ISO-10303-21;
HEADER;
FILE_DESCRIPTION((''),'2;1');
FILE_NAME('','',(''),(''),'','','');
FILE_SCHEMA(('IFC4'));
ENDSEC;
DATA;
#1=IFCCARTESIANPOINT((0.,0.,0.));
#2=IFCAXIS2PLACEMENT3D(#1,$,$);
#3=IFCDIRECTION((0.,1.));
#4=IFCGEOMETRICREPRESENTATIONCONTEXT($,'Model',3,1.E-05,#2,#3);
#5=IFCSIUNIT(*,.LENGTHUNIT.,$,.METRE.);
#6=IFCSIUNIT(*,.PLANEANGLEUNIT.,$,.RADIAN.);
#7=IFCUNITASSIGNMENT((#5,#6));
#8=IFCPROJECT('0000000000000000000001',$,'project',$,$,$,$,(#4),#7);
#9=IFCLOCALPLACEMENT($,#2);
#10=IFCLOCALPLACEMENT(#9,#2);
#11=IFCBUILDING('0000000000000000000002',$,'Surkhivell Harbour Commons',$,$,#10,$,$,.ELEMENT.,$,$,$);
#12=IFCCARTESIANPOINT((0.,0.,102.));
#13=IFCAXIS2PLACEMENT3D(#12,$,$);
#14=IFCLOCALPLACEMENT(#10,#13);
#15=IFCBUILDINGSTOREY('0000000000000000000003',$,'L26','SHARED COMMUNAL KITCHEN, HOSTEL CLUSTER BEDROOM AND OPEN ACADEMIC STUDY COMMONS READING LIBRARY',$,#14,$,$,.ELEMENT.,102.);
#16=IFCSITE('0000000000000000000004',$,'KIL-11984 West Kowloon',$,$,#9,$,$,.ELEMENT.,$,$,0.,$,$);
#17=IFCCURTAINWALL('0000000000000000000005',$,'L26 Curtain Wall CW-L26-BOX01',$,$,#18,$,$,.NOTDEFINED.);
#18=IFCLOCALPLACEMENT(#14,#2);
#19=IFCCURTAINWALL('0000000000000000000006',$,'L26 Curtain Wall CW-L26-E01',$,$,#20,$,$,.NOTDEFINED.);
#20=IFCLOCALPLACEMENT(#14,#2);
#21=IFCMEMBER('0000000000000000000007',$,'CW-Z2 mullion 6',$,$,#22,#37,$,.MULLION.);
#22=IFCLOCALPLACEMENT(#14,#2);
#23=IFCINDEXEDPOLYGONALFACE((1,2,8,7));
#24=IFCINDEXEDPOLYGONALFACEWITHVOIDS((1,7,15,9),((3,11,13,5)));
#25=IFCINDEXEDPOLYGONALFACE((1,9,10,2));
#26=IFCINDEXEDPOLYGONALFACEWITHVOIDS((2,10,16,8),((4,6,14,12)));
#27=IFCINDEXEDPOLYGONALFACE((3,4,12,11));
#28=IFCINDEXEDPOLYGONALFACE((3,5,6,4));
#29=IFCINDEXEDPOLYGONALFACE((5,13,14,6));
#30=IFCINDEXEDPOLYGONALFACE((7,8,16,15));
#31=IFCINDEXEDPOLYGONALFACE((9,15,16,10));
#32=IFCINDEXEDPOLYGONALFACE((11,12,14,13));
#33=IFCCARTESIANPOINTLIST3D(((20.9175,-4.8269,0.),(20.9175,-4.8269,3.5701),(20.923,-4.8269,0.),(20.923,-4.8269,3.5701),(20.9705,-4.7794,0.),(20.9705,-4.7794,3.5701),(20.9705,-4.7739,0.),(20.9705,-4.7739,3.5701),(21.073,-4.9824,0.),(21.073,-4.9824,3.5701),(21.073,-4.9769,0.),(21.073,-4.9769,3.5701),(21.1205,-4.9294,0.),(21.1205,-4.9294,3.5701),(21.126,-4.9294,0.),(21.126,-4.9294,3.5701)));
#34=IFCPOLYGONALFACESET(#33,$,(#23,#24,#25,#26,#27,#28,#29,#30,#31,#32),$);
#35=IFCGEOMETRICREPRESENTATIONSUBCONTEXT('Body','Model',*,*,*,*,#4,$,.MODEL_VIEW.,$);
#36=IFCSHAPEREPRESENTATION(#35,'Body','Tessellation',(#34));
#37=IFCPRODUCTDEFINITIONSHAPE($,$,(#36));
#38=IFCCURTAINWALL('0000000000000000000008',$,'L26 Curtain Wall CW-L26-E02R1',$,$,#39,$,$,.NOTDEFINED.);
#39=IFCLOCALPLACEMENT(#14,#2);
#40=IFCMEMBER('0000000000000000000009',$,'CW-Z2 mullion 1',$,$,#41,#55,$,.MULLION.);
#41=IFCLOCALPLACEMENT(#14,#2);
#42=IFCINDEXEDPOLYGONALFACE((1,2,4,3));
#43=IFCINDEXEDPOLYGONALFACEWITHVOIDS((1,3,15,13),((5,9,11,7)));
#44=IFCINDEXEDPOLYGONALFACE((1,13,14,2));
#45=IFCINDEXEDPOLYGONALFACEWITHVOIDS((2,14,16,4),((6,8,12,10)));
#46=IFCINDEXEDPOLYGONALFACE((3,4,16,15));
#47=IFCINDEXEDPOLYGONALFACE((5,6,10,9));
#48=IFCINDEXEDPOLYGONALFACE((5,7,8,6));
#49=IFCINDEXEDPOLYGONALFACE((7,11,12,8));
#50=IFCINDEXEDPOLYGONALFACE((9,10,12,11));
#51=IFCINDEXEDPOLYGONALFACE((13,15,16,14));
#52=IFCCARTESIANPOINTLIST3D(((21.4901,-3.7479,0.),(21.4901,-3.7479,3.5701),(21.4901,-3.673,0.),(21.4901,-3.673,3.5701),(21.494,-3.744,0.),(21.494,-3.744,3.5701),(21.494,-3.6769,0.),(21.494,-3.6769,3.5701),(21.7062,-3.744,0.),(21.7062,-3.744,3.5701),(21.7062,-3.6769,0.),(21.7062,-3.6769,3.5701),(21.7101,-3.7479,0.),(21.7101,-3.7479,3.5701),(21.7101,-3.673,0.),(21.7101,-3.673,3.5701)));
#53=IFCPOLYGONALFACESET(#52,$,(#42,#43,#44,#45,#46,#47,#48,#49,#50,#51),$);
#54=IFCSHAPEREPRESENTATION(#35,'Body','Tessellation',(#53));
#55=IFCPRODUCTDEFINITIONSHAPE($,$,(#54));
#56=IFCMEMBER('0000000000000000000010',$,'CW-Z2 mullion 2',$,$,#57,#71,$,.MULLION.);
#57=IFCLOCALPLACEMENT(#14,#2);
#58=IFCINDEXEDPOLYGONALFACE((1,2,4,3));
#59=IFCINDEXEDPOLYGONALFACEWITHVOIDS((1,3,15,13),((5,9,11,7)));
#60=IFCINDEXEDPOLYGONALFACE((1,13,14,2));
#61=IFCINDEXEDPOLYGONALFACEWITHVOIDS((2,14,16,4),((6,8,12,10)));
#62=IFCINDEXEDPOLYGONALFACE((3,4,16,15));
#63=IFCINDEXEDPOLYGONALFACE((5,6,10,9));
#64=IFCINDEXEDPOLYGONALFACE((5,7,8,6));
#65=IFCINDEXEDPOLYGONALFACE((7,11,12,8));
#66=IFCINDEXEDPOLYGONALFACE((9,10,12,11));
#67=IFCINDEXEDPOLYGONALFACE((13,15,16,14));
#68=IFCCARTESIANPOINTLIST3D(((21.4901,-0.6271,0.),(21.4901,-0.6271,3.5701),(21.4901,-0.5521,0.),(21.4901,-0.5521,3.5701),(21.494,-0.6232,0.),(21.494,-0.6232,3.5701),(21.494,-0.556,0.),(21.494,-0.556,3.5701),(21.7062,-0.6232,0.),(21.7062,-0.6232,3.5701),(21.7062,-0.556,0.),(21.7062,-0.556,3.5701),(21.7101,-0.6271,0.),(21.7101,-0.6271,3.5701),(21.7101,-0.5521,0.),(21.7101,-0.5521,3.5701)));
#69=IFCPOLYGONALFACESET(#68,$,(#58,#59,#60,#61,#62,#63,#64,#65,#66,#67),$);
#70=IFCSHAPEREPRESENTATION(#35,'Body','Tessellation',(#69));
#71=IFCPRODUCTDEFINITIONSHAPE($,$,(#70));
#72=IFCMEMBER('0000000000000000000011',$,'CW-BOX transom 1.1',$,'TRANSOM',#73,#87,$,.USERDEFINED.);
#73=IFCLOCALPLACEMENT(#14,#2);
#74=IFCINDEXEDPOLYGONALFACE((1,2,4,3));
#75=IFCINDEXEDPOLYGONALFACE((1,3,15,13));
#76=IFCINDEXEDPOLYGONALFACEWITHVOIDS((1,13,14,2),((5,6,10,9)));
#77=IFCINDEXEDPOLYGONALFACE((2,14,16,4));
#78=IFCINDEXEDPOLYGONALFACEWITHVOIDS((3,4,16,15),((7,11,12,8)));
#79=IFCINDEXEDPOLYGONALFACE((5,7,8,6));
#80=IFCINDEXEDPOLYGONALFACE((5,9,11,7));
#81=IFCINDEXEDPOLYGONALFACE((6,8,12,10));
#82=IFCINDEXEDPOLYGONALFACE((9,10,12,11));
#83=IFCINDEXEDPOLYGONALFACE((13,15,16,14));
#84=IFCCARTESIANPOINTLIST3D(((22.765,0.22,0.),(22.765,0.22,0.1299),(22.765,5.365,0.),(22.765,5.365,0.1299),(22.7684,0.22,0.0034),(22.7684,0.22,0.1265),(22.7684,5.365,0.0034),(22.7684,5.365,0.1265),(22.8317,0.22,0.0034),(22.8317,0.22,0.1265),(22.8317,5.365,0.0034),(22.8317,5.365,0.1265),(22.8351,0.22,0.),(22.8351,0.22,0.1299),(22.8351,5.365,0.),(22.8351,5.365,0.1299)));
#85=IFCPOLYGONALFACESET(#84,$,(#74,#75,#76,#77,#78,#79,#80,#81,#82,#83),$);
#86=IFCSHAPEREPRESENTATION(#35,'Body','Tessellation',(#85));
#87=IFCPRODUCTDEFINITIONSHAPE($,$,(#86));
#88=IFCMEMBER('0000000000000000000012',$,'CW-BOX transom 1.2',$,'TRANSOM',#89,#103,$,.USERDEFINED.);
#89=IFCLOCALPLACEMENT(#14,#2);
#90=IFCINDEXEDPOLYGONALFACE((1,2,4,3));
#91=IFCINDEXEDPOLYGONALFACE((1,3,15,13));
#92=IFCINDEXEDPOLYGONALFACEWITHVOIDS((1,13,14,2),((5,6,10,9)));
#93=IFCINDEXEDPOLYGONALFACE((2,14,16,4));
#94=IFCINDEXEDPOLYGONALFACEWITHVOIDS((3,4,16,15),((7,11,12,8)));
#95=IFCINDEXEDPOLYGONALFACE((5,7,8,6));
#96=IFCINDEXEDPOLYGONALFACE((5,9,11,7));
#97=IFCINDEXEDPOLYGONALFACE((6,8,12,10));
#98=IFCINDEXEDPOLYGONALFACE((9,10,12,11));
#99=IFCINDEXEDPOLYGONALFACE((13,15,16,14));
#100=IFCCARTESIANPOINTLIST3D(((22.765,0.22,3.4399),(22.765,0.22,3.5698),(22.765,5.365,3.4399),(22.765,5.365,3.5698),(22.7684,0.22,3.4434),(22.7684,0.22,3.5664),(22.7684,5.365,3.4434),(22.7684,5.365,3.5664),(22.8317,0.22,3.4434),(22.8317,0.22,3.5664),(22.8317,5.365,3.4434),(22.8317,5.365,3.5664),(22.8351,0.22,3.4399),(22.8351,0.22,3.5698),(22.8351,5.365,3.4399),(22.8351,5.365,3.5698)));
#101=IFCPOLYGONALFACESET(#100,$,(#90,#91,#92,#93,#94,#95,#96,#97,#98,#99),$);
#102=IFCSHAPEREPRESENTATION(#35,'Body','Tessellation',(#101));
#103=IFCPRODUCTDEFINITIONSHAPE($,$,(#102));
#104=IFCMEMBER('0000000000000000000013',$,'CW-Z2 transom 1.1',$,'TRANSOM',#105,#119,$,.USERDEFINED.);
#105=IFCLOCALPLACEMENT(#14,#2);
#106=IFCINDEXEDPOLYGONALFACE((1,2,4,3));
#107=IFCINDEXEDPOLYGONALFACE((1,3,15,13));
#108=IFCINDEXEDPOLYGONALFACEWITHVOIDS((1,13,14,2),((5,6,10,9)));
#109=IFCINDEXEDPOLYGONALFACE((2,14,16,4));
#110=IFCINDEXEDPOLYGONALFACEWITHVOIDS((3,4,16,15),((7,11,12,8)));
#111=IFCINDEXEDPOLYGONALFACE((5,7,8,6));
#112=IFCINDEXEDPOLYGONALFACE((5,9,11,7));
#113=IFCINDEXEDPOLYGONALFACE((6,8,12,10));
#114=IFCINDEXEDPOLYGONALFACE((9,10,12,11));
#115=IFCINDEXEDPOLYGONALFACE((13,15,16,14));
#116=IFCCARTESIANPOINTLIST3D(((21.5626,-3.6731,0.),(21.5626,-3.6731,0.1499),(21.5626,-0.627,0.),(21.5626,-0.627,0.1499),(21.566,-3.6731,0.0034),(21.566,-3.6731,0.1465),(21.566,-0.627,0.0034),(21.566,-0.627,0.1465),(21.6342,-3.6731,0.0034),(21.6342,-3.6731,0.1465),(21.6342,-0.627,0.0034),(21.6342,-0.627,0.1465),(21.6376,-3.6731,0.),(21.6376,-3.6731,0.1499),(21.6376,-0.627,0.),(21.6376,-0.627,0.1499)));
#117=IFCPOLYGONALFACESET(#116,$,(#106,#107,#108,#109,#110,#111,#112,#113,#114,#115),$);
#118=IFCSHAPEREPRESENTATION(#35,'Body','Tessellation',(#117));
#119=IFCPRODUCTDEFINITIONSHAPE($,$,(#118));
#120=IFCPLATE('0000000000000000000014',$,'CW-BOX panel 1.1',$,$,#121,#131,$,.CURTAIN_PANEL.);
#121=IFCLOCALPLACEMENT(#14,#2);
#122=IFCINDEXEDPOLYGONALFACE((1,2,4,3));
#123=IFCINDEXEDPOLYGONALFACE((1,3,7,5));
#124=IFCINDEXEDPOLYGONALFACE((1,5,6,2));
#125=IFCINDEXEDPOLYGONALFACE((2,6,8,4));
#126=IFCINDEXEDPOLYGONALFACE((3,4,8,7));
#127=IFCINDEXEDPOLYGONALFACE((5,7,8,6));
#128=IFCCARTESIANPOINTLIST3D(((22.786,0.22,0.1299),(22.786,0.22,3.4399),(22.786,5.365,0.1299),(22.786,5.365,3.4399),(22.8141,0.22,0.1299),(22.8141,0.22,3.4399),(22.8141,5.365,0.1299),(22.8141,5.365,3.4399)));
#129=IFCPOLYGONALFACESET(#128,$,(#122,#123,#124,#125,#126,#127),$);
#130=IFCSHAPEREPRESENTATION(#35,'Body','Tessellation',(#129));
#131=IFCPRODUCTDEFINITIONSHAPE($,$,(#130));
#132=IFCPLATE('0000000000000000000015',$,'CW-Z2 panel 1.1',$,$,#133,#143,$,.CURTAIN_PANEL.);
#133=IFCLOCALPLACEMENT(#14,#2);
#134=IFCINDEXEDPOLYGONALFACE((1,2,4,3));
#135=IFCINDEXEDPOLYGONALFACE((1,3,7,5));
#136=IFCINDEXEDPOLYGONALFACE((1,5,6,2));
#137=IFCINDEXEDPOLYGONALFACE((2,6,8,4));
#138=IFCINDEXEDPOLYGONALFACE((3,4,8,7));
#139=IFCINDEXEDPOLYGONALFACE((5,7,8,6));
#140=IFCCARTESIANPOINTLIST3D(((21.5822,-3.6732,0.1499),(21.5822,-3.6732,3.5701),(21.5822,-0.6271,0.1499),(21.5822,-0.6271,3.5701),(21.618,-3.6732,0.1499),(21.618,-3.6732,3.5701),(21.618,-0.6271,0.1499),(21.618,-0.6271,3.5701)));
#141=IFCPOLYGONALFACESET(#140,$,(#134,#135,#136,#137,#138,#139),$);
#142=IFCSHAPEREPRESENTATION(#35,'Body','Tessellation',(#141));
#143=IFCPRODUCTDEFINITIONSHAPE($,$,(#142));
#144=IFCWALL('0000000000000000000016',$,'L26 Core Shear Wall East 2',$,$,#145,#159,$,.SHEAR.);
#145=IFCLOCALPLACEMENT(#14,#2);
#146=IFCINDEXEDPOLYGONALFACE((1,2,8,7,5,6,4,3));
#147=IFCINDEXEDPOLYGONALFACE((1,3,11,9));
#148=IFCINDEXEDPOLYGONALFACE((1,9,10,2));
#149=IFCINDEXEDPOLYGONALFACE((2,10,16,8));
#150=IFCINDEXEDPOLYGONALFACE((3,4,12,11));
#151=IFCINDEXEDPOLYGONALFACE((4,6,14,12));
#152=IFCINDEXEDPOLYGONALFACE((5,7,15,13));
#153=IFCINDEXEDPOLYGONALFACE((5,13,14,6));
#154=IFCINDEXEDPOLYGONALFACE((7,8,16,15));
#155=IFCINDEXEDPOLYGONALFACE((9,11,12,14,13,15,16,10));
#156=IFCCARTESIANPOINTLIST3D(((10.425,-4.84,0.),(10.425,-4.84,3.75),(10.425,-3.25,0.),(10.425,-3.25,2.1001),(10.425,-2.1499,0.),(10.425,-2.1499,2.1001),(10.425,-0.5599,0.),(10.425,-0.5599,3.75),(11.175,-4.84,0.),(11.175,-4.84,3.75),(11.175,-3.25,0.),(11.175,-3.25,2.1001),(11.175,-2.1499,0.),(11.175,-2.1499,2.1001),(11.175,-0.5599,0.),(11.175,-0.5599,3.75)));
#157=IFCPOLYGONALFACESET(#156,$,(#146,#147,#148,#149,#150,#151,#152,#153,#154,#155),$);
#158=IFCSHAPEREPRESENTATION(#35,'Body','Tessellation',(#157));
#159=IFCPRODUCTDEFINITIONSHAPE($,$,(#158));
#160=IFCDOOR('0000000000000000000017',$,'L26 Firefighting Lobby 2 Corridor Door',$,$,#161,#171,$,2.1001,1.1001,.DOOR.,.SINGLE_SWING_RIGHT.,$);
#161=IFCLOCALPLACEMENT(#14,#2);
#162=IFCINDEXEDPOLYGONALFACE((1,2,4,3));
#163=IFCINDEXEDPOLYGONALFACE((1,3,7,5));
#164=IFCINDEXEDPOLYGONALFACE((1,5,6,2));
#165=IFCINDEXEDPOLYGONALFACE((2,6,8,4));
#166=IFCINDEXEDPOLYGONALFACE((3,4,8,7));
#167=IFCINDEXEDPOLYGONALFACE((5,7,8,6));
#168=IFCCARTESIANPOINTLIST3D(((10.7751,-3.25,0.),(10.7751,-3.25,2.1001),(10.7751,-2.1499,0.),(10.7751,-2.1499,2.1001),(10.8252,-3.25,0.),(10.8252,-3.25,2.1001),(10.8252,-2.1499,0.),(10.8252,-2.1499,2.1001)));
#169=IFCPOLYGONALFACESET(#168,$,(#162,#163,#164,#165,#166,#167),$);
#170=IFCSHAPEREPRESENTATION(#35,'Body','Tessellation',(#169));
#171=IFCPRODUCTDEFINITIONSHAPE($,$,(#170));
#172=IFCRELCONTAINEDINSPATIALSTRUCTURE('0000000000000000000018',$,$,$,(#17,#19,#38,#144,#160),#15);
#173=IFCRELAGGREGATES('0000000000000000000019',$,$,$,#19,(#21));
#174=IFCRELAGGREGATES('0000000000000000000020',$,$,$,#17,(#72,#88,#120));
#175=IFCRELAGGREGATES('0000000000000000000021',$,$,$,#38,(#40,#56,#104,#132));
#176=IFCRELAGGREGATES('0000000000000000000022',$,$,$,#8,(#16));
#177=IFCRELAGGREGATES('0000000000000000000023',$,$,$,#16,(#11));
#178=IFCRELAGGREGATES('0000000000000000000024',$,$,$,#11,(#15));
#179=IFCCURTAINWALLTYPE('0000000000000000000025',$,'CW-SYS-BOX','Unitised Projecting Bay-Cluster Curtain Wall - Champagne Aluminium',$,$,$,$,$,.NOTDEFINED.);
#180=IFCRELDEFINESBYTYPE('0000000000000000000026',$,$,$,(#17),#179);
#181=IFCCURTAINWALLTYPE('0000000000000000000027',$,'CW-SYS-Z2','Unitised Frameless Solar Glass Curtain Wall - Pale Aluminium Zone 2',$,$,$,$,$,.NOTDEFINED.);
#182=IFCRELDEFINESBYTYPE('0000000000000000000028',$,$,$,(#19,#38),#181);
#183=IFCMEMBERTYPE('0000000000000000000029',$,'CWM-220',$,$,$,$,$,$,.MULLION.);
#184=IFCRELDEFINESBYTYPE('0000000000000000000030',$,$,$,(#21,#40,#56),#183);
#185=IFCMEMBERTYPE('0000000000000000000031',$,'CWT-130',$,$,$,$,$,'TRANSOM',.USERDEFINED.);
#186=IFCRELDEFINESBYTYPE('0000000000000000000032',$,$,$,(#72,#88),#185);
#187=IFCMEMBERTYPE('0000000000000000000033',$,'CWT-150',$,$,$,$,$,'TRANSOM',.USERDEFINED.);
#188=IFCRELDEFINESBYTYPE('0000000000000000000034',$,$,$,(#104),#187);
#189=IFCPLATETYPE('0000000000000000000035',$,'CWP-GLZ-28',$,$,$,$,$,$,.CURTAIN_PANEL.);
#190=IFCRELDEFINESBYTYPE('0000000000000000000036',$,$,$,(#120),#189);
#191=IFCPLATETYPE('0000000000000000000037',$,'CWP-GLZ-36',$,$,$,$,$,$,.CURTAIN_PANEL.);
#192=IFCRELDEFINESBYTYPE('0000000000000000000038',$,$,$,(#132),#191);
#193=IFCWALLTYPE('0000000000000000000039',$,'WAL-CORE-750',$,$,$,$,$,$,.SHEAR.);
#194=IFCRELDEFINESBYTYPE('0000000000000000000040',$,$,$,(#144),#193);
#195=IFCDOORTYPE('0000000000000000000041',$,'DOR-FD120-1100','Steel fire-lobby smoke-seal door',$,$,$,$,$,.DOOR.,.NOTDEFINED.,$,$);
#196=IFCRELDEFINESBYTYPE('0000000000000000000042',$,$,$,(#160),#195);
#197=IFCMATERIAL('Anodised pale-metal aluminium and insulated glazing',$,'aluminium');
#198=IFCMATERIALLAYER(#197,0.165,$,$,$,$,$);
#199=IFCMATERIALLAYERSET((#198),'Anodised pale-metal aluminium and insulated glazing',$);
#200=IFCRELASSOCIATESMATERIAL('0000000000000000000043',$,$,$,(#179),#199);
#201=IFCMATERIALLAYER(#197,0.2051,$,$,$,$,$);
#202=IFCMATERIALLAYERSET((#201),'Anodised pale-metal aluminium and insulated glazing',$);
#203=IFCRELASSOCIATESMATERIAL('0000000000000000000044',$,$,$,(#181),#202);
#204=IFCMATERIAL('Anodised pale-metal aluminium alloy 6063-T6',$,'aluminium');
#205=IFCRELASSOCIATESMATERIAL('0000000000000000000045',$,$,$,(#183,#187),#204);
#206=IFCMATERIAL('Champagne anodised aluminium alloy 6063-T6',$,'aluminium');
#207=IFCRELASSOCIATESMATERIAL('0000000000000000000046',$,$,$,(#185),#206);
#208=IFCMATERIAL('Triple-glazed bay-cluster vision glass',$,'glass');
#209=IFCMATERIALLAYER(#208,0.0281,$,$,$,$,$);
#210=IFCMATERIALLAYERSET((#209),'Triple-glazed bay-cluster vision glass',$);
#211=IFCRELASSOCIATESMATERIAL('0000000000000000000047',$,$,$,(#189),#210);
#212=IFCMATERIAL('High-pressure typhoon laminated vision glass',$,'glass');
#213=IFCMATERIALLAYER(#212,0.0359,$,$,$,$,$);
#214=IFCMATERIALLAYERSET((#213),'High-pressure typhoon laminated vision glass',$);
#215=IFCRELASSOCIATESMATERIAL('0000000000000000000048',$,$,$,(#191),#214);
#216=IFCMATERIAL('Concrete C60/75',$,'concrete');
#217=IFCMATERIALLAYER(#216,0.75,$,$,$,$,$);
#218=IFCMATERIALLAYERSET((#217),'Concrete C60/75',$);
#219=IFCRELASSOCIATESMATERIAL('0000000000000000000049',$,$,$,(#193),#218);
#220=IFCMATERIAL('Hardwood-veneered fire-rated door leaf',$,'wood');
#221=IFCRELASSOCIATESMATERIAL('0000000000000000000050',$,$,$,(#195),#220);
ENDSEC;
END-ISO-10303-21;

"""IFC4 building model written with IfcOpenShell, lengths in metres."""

from ifc_helpers import new_model, si_unit, direction, frame, frame_2d, origin, origin_2d, place, context, subcontext, project, spatial, rectangle, hollow_rectangle, extrude, material, layer, layer_set, material_profile, profile_set, type_object, element, fill, aggregate, save


model = new_model("IFC4")

# Units and contexts
model_context = context("Model", 3, precision=1e-05, world=origin(), true_north=direction((0.0, 1.0)))
body_context = subcontext(model_context, "Body", "Model", "MODEL_VIEW")
ifc_project = project(units=[si_unit("LENGTHUNIT", "METRE"), si_unit("PLANEANGLEUNIT", "RADIAN")], contexts=[model_context])

# Site, building, storey
site_placement = place(None, origin())
site = spatial("IfcSite", under=ifc_project, at=site_placement, Name="KIL-11984 West Kowloon", CompositionType="ELEMENT", RefElevation=0.0)
building_placement = place(site_placement, origin())
building = spatial("IfcBuilding", under=site, at=building_placement, Name="Surkhivell Harbour Commons", CompositionType="ELEMENT")
storey_placement = place(building_placement, frame((0.0, 0.0, 102.0)))
storey = spatial("IfcBuildingStorey", under=building, at=storey_placement, Name="L26", Description="SHARED COMMUNAL KITCHEN, HOSTEL CLUSTER BEDROOM AND OPEN ACADEMIC STUDY COMMONS READING LIBRARY", CompositionType="ELEMENT", Elevation=102.0)

# Shared definitions
ifc_material_1 = material(Name="Concrete C60/75", Category="concrete")

# Curtain walls, member
ifc_material_2 = material(Name="Anodised pale-metal aluminium and insulated glazing", Category="aluminium")
ifc_layer_1 = layer(ifc_material_2, 0.165)
ifc_layer_set_1 = layer_set([ifc_layer_1], Name="Anodised pale-metal aluminium and insulated glazing")
curtain_wall_type_1 = type_object("IfcCurtainWallType", Name="CW-SYS-BOX", Description="Unitised Projecting Bay-Cluster Curtain Wall - Champagne Aluminium", PredefinedType="NOTDEFINED", material=ifc_layer_set_1)
curtain_wall_1_placement = place(storey_placement, origin())
curtain_wall_1 = element("IfcCurtainWall", 1, at=curtain_wall_1_placement, inside=storey, type_object=curtain_wall_type_1, Name="L26 Curtain Wall CW-L26-BOX01", PredefinedType="NOTDEFINED")
ifc_material_3 = material(Name="Champagne anodised aluminium alloy 6063-T6", Category="aluminium")
ifc_layer_2 = layer(ifc_material_2, 0.2051)
ifc_layer_set_2 = layer_set([ifc_layer_2], Name="Anodised pale-metal aluminium and insulated glazing")
curtain_wall_type_2 = type_object("IfcCurtainWallType", Name="CW-SYS-Z2", Description="Unitised Frameless Solar Glass Curtain Wall - Pale Aluminium Zone 2", PredefinedType="NOTDEFINED", material=ifc_layer_set_2)
curtain_wall_2_placement = place(storey_placement, origin())
curtain_wall_2 = element("IfcCurtainWall", 2, at=curtain_wall_2_placement, inside=storey, type_object=curtain_wall_type_2, Name="L26 Curtain Wall CW-L26-E01", PredefinedType="NOTDEFINED")
ifc_material_4 = material(Name="Anodised pale-metal aluminium alloy 6063-T6", Category="aluminium")
ifc_material_profile_1 = material_profile(ifc_material_4, hollow_rectangle(XDim=0.075, YDim=0.22, WallThickness=0.0039, at=origin_2d()), Name="ALU-MULL-75x220")
ifc_profile_set_1 = profile_set([ifc_material_profile_1], Name="Anodised pale-metal aluminium alloy 6063-T6")
member_type_1 = type_object("IfcMemberType", Name="CWM-220", PredefinedType="MULLION", material=ifc_profile_set_1)
member_1_placement = place(storey_placement, frame((21.0217, -4.8782, 0.0), z_axis=(0.0, 0.0, 1.0), x_axis=(0.707107, 0.707107, 0.0)))
member_1 = element("IfcMember", 3, at=member_1_placement, type_object=member_type_1, Name="CW-Z2 mullion 6", PredefinedType="MULLION", context=body_context, shape_type="SweptSolid", body=[
    extrude(hollow_rectangle(XDim=0.075, YDim=0.22, WallThickness=0.0039, at=origin_2d()), origin(), (0.0, 0.0, 1.0), 3.5701),
])
aggregate(curtain_wall_2, [member_1])

# Curtain wall, members
curtain_wall_3_placement = place(storey_placement, origin())
curtain_wall_3 = element("IfcCurtainWall", 4, at=curtain_wall_3_placement, inside=storey, type_object=curtain_wall_type_2, Name="L26 Curtain Wall CW-L26-E02R1", PredefinedType="NOTDEFINED")
member_2_placement = place(storey_placement, frame((21.6001, -3.7104, 0.0), z_axis=(0.0, 0.0, 1.0), x_axis=(0.0, 1.0, 0.0)))
member_2 = element("IfcMember", 5, at=member_2_placement, type_object=member_type_1, Name="CW-Z2 mullion 1", PredefinedType="MULLION", context=body_context, shape_type="SweptSolid", body=[
    extrude(hollow_rectangle(XDim=0.075, YDim=0.22, WallThickness=0.0039, at=origin_2d()), origin(), (0.0, 0.0, 1.0), 3.5701),
])
member_3_placement = place(storey_placement, frame((21.6001, -0.5896, 0.0), z_axis=(0.0, 0.0, 1.0), x_axis=(0.0, 1.0, 0.0)))
member_3 = element("IfcMember", 6, at=member_3_placement, type_object=member_type_1, Name="CW-Z2 mullion 2", PredefinedType="MULLION", context=body_context, shape_type="SweptSolid", body=[
    extrude(hollow_rectangle(XDim=0.075, YDim=0.22, WallThickness=0.0039, at=origin_2d()), origin(), (0.0, 0.0, 1.0), 3.5701),
])

# Members
ifc_material_profile_2 = material_profile(ifc_material_3, hollow_rectangle(XDim=0.0701, YDim=0.1299, WallThickness=0.0034, at=origin_2d()), Name="ALU-TRAN-70x130")
ifc_profile_set_2 = profile_set([ifc_material_profile_2], Name="Champagne anodised aluminium alloy 6063-T6")
member_type_2 = type_object("IfcMemberType", Name="CWT-130", ElementType="TRANSOM", PredefinedType="USERDEFINED", material=ifc_profile_set_2)
member_4_placement = place(storey_placement, frame((22.8, 0.22, 0.0649), z_axis=(0.0, 1.0, 0.0), x_axis=(-1.0, 0.0, 0.0)))
member_4 = element("IfcMember", 7, at=member_4_placement, type_object=member_type_2, Name="CW-BOX transom 1.1", ObjectType="TRANSOM", PredefinedType="USERDEFINED", context=body_context, shape_type="SweptSolid", body=[
    extrude(hollow_rectangle(XDim=0.0701, YDim=0.1299, WallThickness=0.0034, at=origin_2d()), origin(), (0.0, 0.0, 1.0), 5.145),
])
member_5_placement = place(storey_placement, frame((22.8, 0.22, 3.5049), z_axis=(0.0, 1.0, 0.0), x_axis=(-1.0, 0.0, 0.0)))
member_5 = element("IfcMember", 8, at=member_5_placement, type_object=member_type_2, Name="CW-BOX transom 1.2", ObjectType="TRANSOM", PredefinedType="USERDEFINED", context=body_context, shape_type="SweptSolid", body=[
    extrude(hollow_rectangle(XDim=0.0701, YDim=0.1299, WallThickness=0.0034, at=origin_2d()), origin(), (0.0, 0.0, 1.0), 5.145),
])
ifc_material_profile_3 = material_profile(ifc_material_4, hollow_rectangle(XDim=0.075, YDim=0.1499, WallThickness=0.0034, at=origin_2d()), Name="ALU-TRAN-75x150")
ifc_profile_set_3 = profile_set([ifc_material_profile_3], Name="Anodised pale-metal aluminium alloy 6063-T6")
member_type_3 = type_object("IfcMemberType", Name="CWT-150", ElementType="TRANSOM", PredefinedType="USERDEFINED", material=ifc_profile_set_3)
member_6_placement = place(storey_placement, frame((21.6001, -3.6731, 0.075), z_axis=(0.0, 1.0, 0.0), x_axis=(-1.0, 0.0, 0.0)))
member_6 = element("IfcMember", 9, at=member_6_placement, type_object=member_type_3, Name="CW-Z2 transom 1.1", ObjectType="TRANSOM", PredefinedType="USERDEFINED", context=body_context, shape_type="SweptSolid", body=[
    extrude(hollow_rectangle(XDim=0.075, YDim=0.1499, WallThickness=0.0034, at=origin_2d()), origin(), (0.0, 0.0, 1.0), 3.0461),
])

# Plates
ifc_material_5 = material(Name="Triple-glazed bay-cluster vision glass", Category="glass")
ifc_layer_3 = layer(ifc_material_5, 0.0281)
ifc_layer_set_3 = layer_set([ifc_layer_3], Name="Triple-glazed bay-cluster vision glass")
plate_type_1 = type_object("IfcPlateType", Name="CWP-GLZ-28", PredefinedType="CURTAIN_PANEL", material=ifc_layer_set_3)
plate_1_placement = place(storey_placement, frame((22.8, 0.22, 0.1299), z_axis=(0.0, 0.0, 1.0), x_axis=(0.0, 1.0, 0.0)))
plate_1 = element("IfcPlate", 10, at=plate_1_placement, type_object=plate_type_1, Name="CW-BOX panel 1.1", PredefinedType="CURTAIN_PANEL", context=body_context, shape_type="SweptSolid", body=[
    extrude(rectangle(XDim=5.145, YDim=0.0281, at=frame_2d((2.5725, 0.0))), origin(), (0.0, 0.0, 1.0), 3.3101),
])
aggregate(curtain_wall_1, [member_4, member_5, plate_1])
ifc_material_6 = material(Name="High-pressure typhoon laminated vision glass", Category="glass")
ifc_layer_4 = layer(ifc_material_6, 0.0359)
ifc_layer_set_4 = layer_set([ifc_layer_4], Name="High-pressure typhoon laminated vision glass")
plate_type_2 = type_object("IfcPlateType", Name="CWP-GLZ-36", PredefinedType="CURTAIN_PANEL", material=ifc_layer_set_4)
plate_2_placement = place(storey_placement, frame((21.6001, -3.6731, 0.1499), z_axis=(0.0, 0.0, 1.0), x_axis=(0.0, 1.0, 0.0)))
plate_2 = element("IfcPlate", 11, at=plate_2_placement, type_object=plate_type_2, Name="CW-Z2 panel 1.1", PredefinedType="CURTAIN_PANEL", context=body_context, shape_type="SweptSolid", body=[
    extrude(rectangle(XDim=3.0461, YDim=0.0359, at=frame_2d((1.5229, 0.0))), origin(), (0.0, 0.0, 1.0), 3.4202),
])
aggregate(curtain_wall_3, [member_2, member_3, member_6, plate_2])

# Wall, opening, door
ifc_layer_5 = layer(ifc_material_1, 0.75)
ifc_layer_set_5 = layer_set([ifc_layer_5], Name="Concrete C60/75")
wall_type_1 = type_object("IfcWallType", Name="WAL-CORE-750", PredefinedType="SHEAR", material=ifc_layer_set_5)
wall_1_placement = place(storey_placement, frame((10.8, -4.8401, 0.0), z_axis=(0.0, 0.0, 1.0), x_axis=(0.0, 1.0, 0.0)))
wall_1 = element("IfcWall", 12, at=wall_1_placement, inside=storey, type_object=wall_type_1, Name="L26 Core Shear Wall East 2", PredefinedType="SHEAR", context=body_context, shape_type="SweptSolid", body=[
    extrude(rectangle(XDim=4.28, YDim=0.75, at=frame_2d((2.1401, 0.0))), origin(), (0.0, 0.0, 1.0), 3.75),
])
opening_1_placement = place(wall_1_placement, frame((1.5901, 0.0, 0.0)))
opening_1 = element("IfcOpeningElement", 13, at=opening_1_placement, cuts=wall_1, PredefinedType="OPENING", context=body_context, shape_type="SweptSolid", body=[
    extrude(rectangle(XDim=1.1001, YDim=2.1001, at=frame_2d((0.55, 1.05))), frame((0.0, 0.385, 0.0), z_axis=(0.0, -1.0, 0.0), x_axis=(1.0, 0.0, 0.0)), (0.0, 0.0, 1.0), 0.77),
])
ifc_material_7 = material(Name="Hardwood-veneered fire-rated door leaf", Category="wood")
door_type_1 = type_object("IfcDoorType", Name="DOR-FD120-1100", Description="Steel fire-lobby smoke-seal door", OperationType="NOTDEFINED", PredefinedType="DOOR", material=ifc_material_7)
door_1_placement = place(opening_1_placement, origin())
door_1 = element("IfcDoor", 14, at=door_1_placement, inside=storey, type_object=door_type_1, Name="L26 Firefighting Lobby 2 Corridor Door", OperationType="SINGLE_SWING_RIGHT", OverallHeight=2.1001, OverallWidth=1.1001, PredefinedType="DOOR", context=body_context, shape_type="SweptSolid", body=[
    extrude(rectangle(XDim=1.1001, YDim=2.1001, at=frame_2d((0.55, 1.05))), frame((0.0, 0.0249, 0.0), z_axis=(0.0, -1.0, 0.0), x_axis=(1.0, 0.0, 0.0)), (0.0, 0.0, 1.0), 0.05),
])
fill(opening_1, door_1)

save(model, "model.ifc")
